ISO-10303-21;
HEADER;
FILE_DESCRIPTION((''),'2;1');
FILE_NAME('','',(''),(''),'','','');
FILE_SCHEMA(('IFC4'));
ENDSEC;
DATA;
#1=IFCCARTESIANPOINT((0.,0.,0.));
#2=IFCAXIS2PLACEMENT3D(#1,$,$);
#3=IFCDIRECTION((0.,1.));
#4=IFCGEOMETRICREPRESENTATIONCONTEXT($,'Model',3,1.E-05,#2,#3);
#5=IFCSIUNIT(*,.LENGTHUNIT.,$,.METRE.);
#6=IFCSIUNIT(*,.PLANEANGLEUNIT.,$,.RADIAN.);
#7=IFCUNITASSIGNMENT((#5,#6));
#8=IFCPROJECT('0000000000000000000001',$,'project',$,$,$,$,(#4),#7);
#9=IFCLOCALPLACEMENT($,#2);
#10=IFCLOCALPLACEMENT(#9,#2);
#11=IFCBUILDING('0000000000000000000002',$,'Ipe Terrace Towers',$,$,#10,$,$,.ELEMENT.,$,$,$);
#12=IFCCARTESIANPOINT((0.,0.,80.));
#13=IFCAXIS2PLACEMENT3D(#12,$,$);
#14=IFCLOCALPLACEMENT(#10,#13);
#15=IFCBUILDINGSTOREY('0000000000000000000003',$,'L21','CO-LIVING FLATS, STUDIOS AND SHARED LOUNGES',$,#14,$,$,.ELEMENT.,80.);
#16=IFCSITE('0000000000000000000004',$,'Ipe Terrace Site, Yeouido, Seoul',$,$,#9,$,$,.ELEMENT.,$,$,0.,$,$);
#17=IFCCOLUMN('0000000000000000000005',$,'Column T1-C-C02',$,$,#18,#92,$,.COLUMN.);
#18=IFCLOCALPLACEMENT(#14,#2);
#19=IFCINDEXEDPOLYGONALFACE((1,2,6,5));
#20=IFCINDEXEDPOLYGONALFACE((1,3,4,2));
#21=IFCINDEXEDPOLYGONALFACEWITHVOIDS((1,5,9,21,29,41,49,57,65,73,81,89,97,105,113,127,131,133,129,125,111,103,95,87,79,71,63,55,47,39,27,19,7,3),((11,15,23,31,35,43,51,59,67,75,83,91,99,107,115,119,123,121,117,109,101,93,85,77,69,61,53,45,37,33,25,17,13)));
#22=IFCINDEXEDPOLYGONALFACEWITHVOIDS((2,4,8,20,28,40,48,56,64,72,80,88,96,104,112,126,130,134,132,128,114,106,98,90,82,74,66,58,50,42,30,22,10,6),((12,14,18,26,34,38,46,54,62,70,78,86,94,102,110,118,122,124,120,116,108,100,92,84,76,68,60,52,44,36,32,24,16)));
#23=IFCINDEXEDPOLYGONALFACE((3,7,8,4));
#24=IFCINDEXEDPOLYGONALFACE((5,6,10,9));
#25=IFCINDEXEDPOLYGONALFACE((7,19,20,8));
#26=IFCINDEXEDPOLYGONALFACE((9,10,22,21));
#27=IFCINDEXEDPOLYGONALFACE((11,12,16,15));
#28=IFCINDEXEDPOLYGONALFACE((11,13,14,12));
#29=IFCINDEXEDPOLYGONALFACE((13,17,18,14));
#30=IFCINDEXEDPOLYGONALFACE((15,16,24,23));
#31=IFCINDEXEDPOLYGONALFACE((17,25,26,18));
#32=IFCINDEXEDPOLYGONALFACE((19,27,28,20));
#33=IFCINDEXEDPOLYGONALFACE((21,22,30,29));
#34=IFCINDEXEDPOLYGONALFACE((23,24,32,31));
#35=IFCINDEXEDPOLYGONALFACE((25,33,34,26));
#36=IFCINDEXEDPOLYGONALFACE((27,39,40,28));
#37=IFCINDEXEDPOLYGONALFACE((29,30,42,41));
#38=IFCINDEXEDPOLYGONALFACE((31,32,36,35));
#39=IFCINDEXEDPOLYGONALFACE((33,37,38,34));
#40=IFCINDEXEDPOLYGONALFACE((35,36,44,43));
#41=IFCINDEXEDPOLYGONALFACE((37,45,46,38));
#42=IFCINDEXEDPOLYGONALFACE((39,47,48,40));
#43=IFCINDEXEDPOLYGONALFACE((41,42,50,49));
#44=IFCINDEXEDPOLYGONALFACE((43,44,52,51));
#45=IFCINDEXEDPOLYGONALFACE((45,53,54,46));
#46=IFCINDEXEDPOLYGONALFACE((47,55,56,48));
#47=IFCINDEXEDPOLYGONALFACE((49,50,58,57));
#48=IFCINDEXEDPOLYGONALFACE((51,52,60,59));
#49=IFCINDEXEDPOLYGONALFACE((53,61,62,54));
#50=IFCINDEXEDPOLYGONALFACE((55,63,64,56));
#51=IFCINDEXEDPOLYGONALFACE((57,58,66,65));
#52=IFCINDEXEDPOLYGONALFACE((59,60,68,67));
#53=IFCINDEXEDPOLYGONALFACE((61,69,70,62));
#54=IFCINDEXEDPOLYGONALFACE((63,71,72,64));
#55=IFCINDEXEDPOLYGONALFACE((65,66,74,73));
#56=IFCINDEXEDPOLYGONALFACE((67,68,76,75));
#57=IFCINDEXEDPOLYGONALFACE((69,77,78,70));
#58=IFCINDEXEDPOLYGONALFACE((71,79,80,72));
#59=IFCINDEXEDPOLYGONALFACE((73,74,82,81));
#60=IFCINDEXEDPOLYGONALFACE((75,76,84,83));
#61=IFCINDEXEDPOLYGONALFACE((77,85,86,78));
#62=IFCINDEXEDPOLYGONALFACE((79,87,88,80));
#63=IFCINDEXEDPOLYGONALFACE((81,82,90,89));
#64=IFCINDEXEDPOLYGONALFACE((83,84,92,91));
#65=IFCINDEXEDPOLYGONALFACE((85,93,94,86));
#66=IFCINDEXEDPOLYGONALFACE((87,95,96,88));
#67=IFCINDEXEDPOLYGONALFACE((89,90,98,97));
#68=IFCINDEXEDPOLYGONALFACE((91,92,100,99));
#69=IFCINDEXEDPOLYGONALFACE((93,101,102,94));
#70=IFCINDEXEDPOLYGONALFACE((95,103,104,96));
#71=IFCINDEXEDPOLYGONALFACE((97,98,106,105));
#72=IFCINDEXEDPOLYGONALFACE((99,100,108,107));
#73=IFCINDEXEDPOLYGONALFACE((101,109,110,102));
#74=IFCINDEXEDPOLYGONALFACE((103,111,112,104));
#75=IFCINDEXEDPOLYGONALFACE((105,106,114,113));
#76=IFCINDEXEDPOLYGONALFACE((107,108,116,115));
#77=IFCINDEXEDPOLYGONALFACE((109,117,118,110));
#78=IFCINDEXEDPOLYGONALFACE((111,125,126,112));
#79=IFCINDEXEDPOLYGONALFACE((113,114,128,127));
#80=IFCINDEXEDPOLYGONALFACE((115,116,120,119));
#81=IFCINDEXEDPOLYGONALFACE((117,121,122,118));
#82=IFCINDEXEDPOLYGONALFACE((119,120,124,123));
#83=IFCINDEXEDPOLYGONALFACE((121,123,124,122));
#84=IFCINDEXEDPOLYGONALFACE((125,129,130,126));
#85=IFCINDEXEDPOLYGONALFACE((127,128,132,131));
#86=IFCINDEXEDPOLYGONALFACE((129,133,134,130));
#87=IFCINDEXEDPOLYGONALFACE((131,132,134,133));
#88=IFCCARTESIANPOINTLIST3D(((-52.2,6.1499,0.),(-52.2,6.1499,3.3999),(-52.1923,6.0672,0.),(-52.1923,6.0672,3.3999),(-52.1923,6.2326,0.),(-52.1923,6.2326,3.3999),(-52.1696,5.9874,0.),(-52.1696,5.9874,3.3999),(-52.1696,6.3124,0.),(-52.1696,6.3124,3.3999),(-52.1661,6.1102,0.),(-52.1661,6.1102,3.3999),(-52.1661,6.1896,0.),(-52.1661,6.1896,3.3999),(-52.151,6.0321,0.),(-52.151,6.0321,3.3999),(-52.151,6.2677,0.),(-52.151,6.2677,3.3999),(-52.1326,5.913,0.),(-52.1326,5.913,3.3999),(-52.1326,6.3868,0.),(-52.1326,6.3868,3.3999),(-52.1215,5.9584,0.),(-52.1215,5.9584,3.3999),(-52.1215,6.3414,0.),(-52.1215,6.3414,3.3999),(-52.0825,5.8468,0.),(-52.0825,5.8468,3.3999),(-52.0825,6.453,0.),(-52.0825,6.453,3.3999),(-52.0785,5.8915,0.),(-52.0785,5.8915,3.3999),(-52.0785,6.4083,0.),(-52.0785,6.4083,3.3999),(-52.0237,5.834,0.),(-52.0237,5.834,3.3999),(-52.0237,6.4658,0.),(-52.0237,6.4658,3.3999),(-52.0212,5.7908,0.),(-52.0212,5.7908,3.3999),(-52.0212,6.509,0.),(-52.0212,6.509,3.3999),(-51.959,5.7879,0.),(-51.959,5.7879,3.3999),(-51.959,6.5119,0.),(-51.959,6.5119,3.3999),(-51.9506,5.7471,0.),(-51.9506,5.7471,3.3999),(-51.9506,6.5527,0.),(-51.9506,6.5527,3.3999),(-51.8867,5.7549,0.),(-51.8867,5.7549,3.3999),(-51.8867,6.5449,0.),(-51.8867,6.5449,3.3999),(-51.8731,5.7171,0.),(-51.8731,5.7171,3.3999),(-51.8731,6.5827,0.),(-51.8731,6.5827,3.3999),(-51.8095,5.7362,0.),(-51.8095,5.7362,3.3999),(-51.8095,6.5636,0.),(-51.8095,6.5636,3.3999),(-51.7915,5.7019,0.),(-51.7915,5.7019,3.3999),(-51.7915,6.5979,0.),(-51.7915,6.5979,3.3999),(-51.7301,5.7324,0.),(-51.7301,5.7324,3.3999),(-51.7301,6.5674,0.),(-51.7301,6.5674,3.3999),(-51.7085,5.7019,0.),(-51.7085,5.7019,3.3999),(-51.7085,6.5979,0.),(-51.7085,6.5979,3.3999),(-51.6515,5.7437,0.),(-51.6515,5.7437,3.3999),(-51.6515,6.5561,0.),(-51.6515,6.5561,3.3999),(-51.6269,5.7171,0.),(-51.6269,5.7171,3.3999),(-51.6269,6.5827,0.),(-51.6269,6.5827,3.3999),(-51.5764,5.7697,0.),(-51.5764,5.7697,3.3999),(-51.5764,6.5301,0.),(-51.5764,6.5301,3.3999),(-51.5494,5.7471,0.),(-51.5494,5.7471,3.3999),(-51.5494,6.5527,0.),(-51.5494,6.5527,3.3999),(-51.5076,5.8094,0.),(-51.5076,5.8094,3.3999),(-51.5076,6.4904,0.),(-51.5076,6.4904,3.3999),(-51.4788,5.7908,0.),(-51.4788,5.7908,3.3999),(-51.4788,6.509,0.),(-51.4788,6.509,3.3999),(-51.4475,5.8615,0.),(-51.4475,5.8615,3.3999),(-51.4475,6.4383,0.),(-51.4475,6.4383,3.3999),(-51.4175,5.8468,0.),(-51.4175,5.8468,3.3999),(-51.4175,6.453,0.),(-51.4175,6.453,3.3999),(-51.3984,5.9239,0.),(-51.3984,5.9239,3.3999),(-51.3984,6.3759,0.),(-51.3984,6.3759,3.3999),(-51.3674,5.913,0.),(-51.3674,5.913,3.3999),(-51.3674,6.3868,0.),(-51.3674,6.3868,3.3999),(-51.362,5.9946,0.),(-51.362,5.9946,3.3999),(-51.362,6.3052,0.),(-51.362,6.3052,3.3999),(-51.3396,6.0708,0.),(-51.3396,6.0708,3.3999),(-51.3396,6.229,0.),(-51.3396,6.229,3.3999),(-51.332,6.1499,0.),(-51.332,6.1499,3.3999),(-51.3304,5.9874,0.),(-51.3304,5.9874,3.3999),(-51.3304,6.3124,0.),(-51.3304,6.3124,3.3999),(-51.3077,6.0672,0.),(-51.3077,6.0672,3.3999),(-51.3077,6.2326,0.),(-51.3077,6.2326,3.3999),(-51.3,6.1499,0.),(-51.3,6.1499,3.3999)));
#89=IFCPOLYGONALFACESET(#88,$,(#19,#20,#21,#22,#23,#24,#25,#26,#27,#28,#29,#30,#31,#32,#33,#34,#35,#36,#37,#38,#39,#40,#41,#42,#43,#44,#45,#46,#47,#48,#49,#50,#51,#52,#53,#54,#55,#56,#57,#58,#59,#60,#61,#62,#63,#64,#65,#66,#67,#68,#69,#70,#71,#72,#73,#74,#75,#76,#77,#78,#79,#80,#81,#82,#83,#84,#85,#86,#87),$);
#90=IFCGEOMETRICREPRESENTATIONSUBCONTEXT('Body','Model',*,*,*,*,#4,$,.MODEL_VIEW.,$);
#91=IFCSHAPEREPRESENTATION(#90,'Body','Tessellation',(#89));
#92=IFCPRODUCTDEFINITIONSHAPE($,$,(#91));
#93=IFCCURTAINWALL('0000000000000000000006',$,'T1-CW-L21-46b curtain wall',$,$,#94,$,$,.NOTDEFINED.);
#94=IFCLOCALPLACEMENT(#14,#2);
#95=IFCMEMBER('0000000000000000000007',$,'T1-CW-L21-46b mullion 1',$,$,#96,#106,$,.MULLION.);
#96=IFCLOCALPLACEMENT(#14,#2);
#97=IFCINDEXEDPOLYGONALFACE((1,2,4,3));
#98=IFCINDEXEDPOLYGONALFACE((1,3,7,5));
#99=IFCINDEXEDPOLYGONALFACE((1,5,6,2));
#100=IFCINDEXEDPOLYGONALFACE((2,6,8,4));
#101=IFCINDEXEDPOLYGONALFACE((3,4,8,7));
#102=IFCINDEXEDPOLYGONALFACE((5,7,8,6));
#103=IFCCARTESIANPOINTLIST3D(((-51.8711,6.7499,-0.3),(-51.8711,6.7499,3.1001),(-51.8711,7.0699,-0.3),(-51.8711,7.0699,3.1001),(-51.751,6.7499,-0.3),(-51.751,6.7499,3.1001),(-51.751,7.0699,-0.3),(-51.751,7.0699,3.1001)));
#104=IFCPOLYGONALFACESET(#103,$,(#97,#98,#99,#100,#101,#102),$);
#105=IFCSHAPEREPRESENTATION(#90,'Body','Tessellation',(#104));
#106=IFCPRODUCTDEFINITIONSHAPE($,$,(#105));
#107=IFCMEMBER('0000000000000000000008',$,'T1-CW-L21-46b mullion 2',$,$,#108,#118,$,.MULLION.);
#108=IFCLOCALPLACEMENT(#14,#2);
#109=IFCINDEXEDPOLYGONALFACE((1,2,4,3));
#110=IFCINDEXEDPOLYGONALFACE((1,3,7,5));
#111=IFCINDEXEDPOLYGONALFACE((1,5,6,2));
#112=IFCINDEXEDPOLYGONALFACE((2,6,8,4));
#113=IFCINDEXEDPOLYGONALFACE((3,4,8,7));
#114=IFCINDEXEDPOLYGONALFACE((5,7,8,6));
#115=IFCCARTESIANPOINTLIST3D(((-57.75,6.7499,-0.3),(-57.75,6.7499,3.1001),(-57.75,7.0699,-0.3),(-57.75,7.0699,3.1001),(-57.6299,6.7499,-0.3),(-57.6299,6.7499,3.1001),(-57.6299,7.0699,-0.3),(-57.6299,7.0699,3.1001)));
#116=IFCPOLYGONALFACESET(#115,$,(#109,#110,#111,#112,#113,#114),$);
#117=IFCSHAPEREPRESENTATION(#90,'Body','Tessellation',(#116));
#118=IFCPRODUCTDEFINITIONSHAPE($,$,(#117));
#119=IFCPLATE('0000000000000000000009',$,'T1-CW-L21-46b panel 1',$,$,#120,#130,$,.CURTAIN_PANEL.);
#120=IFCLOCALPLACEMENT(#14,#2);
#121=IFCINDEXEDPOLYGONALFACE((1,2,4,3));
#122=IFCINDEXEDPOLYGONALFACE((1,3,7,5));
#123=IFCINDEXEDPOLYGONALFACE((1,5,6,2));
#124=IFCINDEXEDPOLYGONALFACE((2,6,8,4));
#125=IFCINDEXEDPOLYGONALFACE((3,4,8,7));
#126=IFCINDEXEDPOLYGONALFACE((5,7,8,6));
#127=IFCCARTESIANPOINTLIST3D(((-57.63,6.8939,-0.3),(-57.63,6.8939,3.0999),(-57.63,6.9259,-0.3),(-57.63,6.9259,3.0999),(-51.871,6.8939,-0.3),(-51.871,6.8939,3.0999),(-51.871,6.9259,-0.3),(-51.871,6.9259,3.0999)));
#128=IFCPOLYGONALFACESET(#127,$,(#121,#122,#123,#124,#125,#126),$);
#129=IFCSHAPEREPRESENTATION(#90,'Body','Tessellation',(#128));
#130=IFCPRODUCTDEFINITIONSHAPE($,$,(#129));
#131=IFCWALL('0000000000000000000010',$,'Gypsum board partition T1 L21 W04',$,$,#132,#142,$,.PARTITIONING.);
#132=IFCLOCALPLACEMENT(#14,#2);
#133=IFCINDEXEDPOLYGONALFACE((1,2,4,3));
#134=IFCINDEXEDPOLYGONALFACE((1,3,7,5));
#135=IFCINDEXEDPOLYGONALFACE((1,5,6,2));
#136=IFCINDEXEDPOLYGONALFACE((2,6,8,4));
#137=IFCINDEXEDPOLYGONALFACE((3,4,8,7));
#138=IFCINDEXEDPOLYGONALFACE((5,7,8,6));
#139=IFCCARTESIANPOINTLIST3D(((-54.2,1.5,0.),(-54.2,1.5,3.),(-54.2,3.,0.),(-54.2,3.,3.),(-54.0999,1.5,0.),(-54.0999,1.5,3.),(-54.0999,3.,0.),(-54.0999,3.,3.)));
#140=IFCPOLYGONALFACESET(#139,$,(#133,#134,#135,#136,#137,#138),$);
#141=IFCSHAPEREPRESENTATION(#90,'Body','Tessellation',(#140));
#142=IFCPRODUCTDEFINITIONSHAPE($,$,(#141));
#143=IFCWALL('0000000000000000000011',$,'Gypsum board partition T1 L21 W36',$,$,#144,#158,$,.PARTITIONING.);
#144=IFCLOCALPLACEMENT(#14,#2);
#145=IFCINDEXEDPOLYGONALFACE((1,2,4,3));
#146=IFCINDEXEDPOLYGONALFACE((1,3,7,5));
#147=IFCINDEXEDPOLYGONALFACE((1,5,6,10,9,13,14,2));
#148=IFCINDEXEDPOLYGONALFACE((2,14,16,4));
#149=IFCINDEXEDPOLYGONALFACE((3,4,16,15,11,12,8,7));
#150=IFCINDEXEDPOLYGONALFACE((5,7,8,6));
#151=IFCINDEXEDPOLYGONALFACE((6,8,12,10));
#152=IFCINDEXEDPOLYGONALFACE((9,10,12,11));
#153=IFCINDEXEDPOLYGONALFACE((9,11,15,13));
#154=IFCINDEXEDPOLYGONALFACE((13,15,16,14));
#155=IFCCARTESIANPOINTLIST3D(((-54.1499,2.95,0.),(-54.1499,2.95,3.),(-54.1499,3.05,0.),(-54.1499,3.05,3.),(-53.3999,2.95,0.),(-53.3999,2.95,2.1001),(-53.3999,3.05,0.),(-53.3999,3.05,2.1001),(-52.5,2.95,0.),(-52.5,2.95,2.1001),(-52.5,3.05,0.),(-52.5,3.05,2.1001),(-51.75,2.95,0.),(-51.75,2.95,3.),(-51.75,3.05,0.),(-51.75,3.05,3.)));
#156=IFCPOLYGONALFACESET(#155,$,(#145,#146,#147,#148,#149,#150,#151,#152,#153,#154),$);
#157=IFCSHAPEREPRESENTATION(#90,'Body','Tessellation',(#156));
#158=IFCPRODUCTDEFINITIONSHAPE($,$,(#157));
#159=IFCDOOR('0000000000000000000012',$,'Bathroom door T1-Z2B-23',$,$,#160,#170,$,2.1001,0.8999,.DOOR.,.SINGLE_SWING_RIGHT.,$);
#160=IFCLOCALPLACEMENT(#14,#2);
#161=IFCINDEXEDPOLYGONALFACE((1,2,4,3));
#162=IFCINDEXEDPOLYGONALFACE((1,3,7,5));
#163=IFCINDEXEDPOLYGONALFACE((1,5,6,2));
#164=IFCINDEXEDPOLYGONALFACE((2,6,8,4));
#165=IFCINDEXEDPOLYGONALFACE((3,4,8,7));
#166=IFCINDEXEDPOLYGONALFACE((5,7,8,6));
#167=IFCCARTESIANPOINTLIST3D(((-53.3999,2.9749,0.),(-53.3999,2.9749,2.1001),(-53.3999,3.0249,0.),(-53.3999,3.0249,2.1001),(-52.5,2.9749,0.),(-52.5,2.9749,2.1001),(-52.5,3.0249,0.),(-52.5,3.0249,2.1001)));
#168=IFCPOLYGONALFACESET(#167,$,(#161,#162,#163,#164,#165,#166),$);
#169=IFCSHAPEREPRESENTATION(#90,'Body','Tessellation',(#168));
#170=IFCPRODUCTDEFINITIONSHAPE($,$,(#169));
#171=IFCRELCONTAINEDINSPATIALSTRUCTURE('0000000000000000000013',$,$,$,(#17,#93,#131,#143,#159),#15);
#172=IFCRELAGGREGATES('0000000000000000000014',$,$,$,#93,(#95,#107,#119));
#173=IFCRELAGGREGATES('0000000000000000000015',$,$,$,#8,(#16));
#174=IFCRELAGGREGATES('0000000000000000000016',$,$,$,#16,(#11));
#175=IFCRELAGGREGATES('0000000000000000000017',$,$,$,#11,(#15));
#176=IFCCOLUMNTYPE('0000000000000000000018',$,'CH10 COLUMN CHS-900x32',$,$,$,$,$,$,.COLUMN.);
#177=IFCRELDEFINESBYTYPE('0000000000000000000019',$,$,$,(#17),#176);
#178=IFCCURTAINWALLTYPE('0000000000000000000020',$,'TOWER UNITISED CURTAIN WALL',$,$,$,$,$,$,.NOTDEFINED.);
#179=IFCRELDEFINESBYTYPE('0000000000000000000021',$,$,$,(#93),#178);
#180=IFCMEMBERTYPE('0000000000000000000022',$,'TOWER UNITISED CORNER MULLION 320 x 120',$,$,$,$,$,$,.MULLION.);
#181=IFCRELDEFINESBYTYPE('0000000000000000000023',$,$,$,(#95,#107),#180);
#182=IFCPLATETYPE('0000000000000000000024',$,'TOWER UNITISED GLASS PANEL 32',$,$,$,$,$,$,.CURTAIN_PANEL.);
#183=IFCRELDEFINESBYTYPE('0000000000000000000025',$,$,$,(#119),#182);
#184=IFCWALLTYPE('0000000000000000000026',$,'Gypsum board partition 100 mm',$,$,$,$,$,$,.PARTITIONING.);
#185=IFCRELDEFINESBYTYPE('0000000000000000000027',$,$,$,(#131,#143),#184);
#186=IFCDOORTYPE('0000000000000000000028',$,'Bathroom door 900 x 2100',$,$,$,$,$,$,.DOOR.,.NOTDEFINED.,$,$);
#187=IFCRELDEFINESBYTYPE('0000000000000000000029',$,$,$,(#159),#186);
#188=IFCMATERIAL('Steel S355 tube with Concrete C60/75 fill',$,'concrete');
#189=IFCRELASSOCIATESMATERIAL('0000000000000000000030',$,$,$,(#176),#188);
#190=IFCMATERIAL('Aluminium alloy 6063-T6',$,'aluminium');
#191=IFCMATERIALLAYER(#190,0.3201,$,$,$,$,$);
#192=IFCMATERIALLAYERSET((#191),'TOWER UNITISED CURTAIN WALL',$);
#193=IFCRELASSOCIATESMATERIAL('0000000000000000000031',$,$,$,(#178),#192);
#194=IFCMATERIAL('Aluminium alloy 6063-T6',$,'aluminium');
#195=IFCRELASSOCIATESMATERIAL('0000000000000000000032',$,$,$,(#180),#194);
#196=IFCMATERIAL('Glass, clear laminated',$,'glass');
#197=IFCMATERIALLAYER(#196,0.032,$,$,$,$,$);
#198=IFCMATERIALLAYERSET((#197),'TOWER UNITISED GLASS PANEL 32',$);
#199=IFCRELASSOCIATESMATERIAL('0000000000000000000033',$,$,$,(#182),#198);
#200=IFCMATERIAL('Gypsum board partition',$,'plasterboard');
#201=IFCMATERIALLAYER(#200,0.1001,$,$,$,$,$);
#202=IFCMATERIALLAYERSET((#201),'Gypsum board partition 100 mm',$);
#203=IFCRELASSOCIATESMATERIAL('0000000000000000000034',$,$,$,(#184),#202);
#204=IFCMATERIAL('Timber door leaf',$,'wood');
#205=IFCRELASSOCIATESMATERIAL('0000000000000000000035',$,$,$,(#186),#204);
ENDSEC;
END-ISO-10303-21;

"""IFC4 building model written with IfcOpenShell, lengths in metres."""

from ifc_helpers import new_model, si_unit, direction, frame, frame_2d, origin, origin_2d, place, context, subcontext, project, spatial, rectangle, hollow_circle, extrude, material, layer, layer_set, material_profile, profile_set, type_object, element, fill, aggregate, save


model = new_model("IFC4")

# Units and contexts
model_context = context("Model", 3, precision=1e-05, world=origin(), true_north=direction((0.0, 1.0)))
body_context = subcontext(model_context, "Body", "Model", "MODEL_VIEW")
ifc_project = project(units=[si_unit("LENGTHUNIT", "METRE"), si_unit("PLANEANGLEUNIT", "RADIAN")], contexts=[model_context])

# Site, building, storey
site_placement = place(None, origin())
site = spatial("IfcSite", under=ifc_project, at=site_placement, Name="Ipe Terrace Site, Yeouido, Seoul", CompositionType="ELEMENT", RefElevation=0.0)
building_placement = place(site_placement, origin())
building = spatial("IfcBuilding", under=site, at=building_placement, Name="Ipe Terrace Towers", CompositionType="ELEMENT")
storey_placement = place(building_placement, frame((0.0, 0.0, 80.0)))
storey = spatial("IfcBuildingStorey", under=building, at=storey_placement, Name="L21", Description="CO-LIVING FLATS, STUDIOS AND SHARED LOUNGES", CompositionType="ELEMENT", Elevation=80.0)

# Column
ifc_material_1 = material(Name="Steel S355 tube with Concrete C60/75 fill", Category="concrete")
ifc_material_profile_1 = material_profile(ifc_material_1, hollow_circle(Radius=0.45, WallThickness=0.032, at=origin_2d()), Name="CHS-900x32")
ifc_profile_set_1 = profile_set([ifc_material_profile_1], Name="Steel S355 tube with Concrete C60/75 fill")
column_type = type_object("IfcColumnType", Name="CH10 COLUMN CHS-900x32", PredefinedType="COLUMN", material=ifc_profile_set_1)
column_placement = place(storey_placement, frame((-51.75, 6.1499, 0.0), z_axis=(0.0, 0.0, 1.0), x_axis=(1.0, 0.0, 0.0)))
element("IfcColumn", 1, at=column_placement, inside=storey, type_object=column_type, Name="Column T1-C-C02", PredefinedType="COLUMN", context=body_context, shape_type="SweptSolid", body=[
    extrude(hollow_circle(Radius=0.45, WallThickness=0.032, at=origin_2d()), origin(), (0.0, 0.0, 1.0), 3.3999),
])

# Curtain wall, members, plate
ifc_material_2 = material(Name="Aluminium alloy 6063-T6", Category="aluminium")
ifc_layer_1 = layer(ifc_material_2, 0.3201)
ifc_layer_set_1 = layer_set([ifc_layer_1], Name="TOWER UNITISED CURTAIN WALL")
curtain_wall_type = type_object("IfcCurtainWallType", Name="TOWER UNITISED CURTAIN WALL", PredefinedType="NOTDEFINED", material=ifc_layer_set_1)
curtain_wall_placement = place(storey_placement, origin())
curtain_wall = element("IfcCurtainWall", 2, at=curtain_wall_placement, inside=storey, type_object=curtain_wall_type, Name="T1-CW-L21-46b curtain wall", PredefinedType="NOTDEFINED")
ifc_material_3 = material(Name="Aluminium alloy 6063-T6", Category="aluminium")
ifc_material_profile_2 = material_profile(ifc_material_3, rectangle(XDim=0.3201, YDim=0.1201, at=origin_2d()), Name="TOWER UNITISED CORNER MULLION 320 x 120")
ifc_profile_set_2 = profile_set([ifc_material_profile_2], Name="Aluminium alloy 6063-T6")
member_type = type_object("IfcMemberType", Name="TOWER UNITISED CORNER MULLION 320 x 120", PredefinedType="MULLION", material=ifc_profile_set_2)
member_1_placement = place(storey_placement, frame((-51.811, 6.9099, -0.3), z_axis=(0.0, 0.0, 1.0), x_axis=(0.0, 1.0, 0.0)))
member_1 = element("IfcMember", 3, at=member_1_placement, type_object=member_type, Name="T1-CW-L21-46b mullion 1", PredefinedType="MULLION", context=body_context, shape_type="SweptSolid", body=[
    extrude(rectangle(XDim=0.3201, YDim=0.1201, at=origin_2d()), origin(), (0.0, 0.0, 1.0), 3.4001),
])
member_2_placement = place(storey_placement, frame((-57.6899, 6.9099, -0.3), z_axis=(0.0, 0.0, 1.0), x_axis=(0.0, 1.0, 0.0)))
member_2 = element("IfcMember", 4, at=member_2_placement, type_object=member_type, Name="T1-CW-L21-46b mullion 2", PredefinedType="MULLION", context=body_context, shape_type="SweptSolid", body=[
    extrude(rectangle(XDim=0.3201, YDim=0.1201, at=origin_2d()), origin(), (0.0, 0.0, 1.0), 3.4001),
])
ifc_material_4 = material(Name="Glass, clear laminated", Category="glass")
ifc_layer_2 = layer(ifc_material_4, 0.032)
ifc_layer_set_2 = layer_set([ifc_layer_2], Name="TOWER UNITISED GLASS PANEL 32")
plate_type = type_object("IfcPlateType", Name="TOWER UNITISED GLASS PANEL 32", PredefinedType="CURTAIN_PANEL", material=ifc_layer_set_2)
plate_placement = place(storey_placement, frame((-54.7505, 6.9099, -0.3), z_axis=(0.0, 0.0, 1.0), x_axis=(-1.0, 0.0, 0.0)))
plate = element("IfcPlate", 5, at=plate_placement, type_object=plate_type, Name="T1-CW-L21-46b panel 1", PredefinedType="CURTAIN_PANEL", context=body_context, shape_type="SweptSolid", body=[
    extrude(rectangle(XDim=5.759, YDim=0.032, at=origin_2d()), origin(), (0.0, 0.0, 1.0), 3.3999),
])
aggregate(curtain_wall, [member_1, member_2, plate])

# Wall
ifc_material_5 = material(Name="Gypsum board partition", Category="plasterboard")
ifc_layer_3 = layer(ifc_material_5, 0.1001)
ifc_layer_set_3 = layer_set([ifc_layer_3], Name="Gypsum board partition 100 mm")
wall_type_1 = type_object("IfcWallType", Name="Gypsum board partition 100 mm", PredefinedType="PARTITIONING", material=ifc_layer_set_3)
wall_1_placement = place(storey_placement, frame((-54.1499, 1.5, 0.0), z_axis=(0.0, 0.0, 1.0), x_axis=(0.0, 1.0, 0.0)))
element("IfcWall", 6, at=wall_1_placement, inside=storey, type_object=wall_type_1, Name="Gypsum board partition T1 L21 W04", PredefinedType="PARTITIONING", context=body_context, shape_type="SweptSolid", body=[
    extrude(rectangle(XDim=1.5, YDim=0.1001, at=frame_2d((0.75, 0.0))), origin(), (0.0, 0.0, 1.0), 3.0),
])

# Wall, opening, door
wall_2_placement = place(storey_placement, frame((-54.1499, 3.0, 0.0), z_axis=(0.0, 0.0, 1.0), x_axis=(1.0, 0.0, 0.0)))
wall_2 = element("IfcWall", 7, at=wall_2_placement, inside=storey, type_object=wall_type_1, Name="Gypsum board partition T1 L21 W36", PredefinedType="PARTITIONING", context=body_context, shape_type="SweptSolid", body=[
    extrude(rectangle(XDim=2.3999, YDim=0.1001, at=frame_2d((1.2, 0.0))), origin(), (0.0, 0.0, 1.0), 3.0),
])
opening_1_placement = place(wall_2_placement, frame((0.75, 0.0, 0.0)))
opening_1 = element("IfcOpeningElement", 8, at=opening_1_placement, cuts=wall_2, PredefinedType="OPENING", context=body_context, shape_type="SweptSolid", body=[
    extrude(rectangle(XDim=0.8999, YDim=2.1001, at=frame_2d((0.45, 1.05))), frame((0.0, 0.0601, 0.0), z_axis=(0.0, -1.0, 0.0), x_axis=(1.0, 0.0, 0.0)), (0.0, 0.0, 1.0), 0.1201),
])
ifc_material_6 = material(Name="Timber door leaf", Category="wood")
door_type_1 = type_object("IfcDoorType", Name="Bathroom door 900 x 2100", OperationType="NOTDEFINED", PredefinedType="DOOR", material=ifc_material_6)
door_1_placement = place(opening_1_placement, origin())
door_1 = element("IfcDoor", 9, at=door_1_placement, inside=storey, type_object=door_type_1, Name="Bathroom door T1-Z2B-23", OperationType="SINGLE_SWING_RIGHT", OverallHeight=2.1001, OverallWidth=0.8999, PredefinedType="DOOR", context=body_context, shape_type="SweptSolid", body=[
    extrude(rectangle(XDim=0.8999, YDim=2.1001, at=frame_2d((0.45, 1.05))), frame((0.0, 0.0249, 0.0), z_axis=(0.0, -1.0, 0.0), x_axis=(1.0, 0.0, 0.0)), (0.0, 0.0, 1.0), 0.05),
])
fill(opening_1, door_1)

save(model, "model.ifc")
